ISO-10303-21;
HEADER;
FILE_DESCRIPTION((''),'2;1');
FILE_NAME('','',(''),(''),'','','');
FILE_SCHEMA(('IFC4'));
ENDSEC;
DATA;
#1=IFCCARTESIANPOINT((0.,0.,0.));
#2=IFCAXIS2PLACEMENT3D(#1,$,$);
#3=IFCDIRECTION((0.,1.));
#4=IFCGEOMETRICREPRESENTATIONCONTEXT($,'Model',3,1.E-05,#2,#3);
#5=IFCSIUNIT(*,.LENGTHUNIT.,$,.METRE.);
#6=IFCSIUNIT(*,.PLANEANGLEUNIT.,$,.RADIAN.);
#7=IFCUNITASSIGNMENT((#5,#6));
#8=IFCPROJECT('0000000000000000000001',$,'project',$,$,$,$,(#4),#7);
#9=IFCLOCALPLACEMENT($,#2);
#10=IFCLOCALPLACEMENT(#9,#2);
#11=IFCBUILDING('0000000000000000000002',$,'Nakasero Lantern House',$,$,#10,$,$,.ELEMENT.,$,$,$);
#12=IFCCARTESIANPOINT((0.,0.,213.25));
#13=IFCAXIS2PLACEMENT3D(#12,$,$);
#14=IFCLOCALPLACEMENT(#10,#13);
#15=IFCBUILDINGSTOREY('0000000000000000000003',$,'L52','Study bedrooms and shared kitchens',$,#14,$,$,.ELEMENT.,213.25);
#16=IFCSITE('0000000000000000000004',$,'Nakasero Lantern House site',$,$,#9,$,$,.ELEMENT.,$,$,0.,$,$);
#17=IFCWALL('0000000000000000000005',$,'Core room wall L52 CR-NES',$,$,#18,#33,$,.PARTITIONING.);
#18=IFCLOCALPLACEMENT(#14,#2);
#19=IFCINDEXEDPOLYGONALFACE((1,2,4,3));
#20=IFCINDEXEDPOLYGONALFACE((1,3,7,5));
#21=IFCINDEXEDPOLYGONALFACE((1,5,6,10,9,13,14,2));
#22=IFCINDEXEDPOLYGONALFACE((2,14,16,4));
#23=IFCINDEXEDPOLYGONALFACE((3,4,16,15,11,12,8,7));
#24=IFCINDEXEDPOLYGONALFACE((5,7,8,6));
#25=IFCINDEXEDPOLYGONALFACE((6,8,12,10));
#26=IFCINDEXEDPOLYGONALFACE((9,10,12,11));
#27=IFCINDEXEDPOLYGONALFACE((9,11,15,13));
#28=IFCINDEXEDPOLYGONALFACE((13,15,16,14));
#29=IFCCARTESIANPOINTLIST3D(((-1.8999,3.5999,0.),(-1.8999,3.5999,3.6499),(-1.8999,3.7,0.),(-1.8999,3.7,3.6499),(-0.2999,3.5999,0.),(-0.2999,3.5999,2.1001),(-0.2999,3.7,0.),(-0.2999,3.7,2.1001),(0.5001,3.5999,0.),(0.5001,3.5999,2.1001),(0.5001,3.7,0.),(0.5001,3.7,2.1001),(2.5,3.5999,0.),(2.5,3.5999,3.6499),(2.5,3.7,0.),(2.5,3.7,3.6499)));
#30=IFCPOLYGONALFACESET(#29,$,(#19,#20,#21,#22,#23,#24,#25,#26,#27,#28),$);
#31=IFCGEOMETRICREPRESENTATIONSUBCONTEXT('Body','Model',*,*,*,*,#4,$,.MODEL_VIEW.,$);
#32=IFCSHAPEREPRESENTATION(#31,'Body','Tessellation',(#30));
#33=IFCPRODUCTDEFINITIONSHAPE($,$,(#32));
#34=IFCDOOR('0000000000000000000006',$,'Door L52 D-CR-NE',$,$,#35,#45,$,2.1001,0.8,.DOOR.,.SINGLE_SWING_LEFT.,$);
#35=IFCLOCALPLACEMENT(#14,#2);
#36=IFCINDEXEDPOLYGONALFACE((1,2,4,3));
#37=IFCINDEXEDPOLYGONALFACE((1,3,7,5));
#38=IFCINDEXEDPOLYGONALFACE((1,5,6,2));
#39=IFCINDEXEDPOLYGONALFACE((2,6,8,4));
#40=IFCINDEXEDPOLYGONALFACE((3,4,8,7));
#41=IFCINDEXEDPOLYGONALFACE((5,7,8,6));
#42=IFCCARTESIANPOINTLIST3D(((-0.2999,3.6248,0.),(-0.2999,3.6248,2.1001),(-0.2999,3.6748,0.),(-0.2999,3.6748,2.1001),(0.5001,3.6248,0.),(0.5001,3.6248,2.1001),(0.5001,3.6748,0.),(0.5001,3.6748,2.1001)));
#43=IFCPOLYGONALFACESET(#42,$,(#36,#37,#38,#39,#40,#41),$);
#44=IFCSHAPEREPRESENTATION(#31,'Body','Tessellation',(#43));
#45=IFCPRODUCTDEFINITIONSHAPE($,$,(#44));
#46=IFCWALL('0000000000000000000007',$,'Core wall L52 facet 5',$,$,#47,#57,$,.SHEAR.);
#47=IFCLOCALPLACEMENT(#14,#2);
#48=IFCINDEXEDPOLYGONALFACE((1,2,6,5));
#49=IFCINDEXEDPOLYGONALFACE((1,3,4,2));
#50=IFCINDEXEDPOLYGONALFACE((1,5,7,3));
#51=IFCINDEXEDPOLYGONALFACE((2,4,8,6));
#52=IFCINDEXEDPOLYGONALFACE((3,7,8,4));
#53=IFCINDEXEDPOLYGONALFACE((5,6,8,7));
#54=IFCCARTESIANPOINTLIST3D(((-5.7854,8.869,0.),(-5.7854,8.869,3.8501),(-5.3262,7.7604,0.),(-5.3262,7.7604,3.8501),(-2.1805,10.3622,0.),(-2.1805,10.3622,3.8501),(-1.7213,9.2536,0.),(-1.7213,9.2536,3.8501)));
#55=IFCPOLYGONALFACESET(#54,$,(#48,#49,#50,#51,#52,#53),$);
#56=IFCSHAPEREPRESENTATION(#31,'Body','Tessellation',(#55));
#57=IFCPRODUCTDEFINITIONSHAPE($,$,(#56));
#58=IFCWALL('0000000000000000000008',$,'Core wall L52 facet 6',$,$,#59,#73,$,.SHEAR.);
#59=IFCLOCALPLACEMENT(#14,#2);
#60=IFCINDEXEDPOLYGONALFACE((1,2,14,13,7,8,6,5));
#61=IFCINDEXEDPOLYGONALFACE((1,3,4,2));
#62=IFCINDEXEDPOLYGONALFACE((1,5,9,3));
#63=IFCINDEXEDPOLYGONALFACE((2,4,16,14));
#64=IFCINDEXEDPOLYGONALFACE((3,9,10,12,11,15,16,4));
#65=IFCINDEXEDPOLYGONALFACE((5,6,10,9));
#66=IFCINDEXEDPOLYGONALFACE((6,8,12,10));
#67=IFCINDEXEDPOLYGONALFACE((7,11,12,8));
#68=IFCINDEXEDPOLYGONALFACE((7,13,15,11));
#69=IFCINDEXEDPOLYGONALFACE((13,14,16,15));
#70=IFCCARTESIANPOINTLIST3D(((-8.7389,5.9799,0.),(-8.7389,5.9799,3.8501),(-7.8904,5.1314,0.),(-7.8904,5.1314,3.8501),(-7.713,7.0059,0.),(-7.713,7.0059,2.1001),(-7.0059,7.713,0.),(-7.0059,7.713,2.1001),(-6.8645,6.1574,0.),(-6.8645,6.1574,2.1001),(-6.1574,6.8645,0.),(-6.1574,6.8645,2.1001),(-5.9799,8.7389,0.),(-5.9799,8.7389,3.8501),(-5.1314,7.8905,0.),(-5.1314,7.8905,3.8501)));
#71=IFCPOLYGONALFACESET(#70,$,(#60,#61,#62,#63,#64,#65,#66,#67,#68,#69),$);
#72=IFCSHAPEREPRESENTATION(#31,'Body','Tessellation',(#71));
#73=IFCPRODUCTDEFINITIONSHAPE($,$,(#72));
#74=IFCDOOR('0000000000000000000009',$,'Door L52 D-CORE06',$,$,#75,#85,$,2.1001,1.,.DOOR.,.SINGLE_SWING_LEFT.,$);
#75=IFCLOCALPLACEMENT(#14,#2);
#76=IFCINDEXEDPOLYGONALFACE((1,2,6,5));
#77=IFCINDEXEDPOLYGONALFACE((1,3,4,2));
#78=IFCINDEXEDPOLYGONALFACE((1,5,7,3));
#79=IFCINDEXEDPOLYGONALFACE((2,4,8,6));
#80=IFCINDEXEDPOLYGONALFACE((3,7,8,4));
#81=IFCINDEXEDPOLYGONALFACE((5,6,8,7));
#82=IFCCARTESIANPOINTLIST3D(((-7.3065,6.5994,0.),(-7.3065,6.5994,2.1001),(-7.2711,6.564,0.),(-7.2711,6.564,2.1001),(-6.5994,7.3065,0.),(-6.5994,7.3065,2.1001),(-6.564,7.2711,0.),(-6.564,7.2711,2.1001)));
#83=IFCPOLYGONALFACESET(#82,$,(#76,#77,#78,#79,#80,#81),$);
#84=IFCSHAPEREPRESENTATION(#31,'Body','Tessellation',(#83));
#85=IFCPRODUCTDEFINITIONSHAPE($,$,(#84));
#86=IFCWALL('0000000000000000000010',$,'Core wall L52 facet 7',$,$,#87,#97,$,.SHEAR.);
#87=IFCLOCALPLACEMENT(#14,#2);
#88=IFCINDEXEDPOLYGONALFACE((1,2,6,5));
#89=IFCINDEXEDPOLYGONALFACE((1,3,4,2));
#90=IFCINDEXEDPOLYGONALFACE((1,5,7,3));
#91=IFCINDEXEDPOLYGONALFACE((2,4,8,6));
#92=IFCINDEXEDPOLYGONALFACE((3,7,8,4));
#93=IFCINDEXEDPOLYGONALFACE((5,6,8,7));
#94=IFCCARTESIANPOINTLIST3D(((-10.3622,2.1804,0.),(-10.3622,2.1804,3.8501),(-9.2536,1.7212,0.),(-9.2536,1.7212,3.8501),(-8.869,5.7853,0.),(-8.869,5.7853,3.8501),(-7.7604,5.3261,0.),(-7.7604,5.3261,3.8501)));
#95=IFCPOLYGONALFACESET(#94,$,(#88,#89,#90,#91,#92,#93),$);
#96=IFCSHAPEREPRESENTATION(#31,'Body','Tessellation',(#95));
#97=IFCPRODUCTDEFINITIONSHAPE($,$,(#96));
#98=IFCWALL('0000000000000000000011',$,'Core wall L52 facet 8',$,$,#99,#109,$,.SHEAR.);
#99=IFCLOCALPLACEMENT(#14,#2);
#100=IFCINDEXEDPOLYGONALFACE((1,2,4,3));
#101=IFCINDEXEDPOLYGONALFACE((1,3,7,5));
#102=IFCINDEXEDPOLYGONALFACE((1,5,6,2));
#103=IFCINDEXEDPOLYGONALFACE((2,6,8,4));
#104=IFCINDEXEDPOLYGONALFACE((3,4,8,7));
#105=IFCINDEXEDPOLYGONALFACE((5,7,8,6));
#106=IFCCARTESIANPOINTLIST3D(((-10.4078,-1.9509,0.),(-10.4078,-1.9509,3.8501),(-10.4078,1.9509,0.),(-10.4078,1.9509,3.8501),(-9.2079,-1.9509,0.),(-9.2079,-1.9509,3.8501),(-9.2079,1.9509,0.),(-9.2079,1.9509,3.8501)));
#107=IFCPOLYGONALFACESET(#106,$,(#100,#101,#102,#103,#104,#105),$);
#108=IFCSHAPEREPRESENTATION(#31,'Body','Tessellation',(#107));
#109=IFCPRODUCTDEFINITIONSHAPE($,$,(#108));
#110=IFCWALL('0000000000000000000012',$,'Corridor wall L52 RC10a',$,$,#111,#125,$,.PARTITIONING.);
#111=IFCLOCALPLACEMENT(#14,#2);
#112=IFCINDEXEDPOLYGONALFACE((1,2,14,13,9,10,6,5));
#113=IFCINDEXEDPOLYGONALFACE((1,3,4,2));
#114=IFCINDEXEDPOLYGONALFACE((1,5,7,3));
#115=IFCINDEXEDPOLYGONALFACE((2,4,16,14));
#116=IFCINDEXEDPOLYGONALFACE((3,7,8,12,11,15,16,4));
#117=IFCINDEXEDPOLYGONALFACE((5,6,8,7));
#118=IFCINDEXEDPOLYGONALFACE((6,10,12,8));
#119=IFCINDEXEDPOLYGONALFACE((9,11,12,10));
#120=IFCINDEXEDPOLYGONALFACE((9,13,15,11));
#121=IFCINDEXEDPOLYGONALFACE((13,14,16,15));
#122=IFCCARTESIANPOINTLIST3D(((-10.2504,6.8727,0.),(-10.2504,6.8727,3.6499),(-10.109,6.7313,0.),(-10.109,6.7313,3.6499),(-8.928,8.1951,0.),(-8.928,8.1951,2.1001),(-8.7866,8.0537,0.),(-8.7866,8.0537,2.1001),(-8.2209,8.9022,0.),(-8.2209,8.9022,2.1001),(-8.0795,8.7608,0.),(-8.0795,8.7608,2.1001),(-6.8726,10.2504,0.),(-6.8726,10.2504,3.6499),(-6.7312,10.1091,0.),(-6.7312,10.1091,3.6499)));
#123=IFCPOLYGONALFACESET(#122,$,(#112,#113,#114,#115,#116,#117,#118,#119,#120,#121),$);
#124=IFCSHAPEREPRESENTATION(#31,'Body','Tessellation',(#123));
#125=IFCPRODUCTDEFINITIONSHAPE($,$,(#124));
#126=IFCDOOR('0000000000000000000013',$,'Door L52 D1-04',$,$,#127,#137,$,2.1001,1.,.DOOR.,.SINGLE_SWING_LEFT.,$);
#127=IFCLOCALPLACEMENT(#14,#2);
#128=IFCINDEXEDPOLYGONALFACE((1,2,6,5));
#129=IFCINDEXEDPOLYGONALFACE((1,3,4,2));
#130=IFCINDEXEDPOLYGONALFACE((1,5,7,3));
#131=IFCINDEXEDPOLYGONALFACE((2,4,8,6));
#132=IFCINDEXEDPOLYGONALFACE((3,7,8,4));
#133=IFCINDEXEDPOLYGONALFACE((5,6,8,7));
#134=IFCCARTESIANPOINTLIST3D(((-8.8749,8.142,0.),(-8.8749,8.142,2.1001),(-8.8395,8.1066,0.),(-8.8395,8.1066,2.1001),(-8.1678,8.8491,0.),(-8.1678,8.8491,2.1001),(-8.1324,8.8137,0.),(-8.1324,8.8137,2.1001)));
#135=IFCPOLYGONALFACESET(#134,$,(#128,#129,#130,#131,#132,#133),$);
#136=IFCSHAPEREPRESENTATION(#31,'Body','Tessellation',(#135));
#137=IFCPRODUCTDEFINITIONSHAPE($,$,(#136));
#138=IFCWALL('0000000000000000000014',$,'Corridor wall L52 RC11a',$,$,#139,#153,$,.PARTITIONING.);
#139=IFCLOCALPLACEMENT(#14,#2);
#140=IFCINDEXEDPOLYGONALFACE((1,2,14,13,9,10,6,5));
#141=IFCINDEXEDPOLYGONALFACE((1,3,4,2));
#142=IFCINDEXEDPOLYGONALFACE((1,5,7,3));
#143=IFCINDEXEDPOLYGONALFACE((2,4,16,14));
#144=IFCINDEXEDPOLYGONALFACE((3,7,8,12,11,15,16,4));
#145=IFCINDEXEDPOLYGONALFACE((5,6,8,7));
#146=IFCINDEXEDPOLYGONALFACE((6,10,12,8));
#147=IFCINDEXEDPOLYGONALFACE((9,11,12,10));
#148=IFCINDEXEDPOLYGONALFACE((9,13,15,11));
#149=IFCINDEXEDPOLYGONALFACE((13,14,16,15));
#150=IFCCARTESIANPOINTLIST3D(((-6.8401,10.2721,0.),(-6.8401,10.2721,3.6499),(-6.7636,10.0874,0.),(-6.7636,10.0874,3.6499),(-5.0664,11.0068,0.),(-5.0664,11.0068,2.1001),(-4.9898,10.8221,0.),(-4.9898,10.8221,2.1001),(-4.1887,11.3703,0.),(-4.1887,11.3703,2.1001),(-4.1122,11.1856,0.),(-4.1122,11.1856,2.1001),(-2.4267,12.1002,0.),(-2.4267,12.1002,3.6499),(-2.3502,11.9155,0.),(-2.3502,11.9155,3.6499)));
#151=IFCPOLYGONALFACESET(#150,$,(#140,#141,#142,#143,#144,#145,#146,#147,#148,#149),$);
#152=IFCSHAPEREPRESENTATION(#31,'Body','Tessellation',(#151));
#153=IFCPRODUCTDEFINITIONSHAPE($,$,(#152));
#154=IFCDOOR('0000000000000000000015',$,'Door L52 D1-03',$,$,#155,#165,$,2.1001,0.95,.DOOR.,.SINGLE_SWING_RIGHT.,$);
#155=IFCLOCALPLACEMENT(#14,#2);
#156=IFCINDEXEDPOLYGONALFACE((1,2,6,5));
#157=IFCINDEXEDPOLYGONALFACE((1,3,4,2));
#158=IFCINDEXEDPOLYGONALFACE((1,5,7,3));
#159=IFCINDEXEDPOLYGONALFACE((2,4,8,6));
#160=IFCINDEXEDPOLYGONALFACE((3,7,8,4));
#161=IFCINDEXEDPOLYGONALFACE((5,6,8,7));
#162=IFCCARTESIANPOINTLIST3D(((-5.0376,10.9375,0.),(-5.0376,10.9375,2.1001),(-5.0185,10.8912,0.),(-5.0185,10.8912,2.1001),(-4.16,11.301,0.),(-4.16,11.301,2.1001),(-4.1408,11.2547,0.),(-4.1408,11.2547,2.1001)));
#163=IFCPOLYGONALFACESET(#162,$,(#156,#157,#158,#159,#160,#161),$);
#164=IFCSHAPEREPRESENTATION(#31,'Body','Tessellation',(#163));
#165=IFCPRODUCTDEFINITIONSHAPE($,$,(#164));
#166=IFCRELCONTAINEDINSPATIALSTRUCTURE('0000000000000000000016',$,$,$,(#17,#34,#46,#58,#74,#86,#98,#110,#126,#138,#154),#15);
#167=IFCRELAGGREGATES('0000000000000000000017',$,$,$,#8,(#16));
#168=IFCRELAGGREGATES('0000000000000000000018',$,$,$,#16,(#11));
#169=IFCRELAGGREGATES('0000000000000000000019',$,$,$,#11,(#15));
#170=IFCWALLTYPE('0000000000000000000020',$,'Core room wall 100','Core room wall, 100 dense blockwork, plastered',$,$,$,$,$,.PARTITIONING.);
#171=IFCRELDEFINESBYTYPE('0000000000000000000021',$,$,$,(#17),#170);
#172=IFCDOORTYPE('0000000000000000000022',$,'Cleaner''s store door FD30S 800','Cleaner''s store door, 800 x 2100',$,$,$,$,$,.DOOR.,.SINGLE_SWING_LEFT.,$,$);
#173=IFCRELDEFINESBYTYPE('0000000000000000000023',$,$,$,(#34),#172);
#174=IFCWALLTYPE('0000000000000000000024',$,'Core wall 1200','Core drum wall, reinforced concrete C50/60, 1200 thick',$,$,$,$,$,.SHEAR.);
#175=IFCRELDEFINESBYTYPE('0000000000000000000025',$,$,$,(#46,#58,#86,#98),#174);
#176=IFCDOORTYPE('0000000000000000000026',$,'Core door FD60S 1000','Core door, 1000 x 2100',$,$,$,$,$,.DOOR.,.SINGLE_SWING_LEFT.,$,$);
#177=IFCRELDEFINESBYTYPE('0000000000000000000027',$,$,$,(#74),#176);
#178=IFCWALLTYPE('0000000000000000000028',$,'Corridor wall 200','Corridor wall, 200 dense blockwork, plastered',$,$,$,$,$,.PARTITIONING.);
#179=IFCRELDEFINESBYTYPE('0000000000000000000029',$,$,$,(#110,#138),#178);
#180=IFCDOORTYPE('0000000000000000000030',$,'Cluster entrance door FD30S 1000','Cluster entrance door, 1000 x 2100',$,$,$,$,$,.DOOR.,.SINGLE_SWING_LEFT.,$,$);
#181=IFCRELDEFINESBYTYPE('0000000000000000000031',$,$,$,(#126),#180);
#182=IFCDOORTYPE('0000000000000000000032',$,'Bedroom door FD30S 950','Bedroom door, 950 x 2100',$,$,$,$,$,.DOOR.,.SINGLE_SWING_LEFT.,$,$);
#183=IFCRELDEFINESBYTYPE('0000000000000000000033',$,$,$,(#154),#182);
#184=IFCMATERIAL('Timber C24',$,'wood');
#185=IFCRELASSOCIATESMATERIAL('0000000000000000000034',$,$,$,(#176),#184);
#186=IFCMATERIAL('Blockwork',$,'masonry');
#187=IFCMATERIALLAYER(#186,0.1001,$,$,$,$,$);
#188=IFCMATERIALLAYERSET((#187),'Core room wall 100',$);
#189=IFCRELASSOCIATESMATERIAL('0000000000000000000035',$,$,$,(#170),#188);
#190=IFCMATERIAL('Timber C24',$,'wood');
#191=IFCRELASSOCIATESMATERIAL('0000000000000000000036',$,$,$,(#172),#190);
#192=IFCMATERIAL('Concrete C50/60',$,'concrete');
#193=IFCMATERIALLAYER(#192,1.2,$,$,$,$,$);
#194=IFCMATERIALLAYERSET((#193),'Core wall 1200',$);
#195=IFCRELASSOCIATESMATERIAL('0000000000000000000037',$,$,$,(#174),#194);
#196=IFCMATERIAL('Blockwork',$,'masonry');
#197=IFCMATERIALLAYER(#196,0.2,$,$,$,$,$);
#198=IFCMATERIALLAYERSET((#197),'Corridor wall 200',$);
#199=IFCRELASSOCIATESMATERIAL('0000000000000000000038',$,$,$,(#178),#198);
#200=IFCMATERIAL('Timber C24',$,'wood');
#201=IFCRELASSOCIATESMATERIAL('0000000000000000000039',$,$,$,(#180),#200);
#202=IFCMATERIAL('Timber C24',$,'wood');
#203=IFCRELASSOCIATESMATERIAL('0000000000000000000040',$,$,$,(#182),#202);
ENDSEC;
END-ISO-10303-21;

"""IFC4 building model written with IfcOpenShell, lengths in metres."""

from ifc_helpers import new_model, si_unit, direction, frame, frame_2d, origin, place, context, subcontext, project, spatial, rectangle, extrude, material, layer, layer_set, type_object, element, fill, save


model = new_model("IFC4")

# Units and contexts
model_context = context("Model", 3, precision=1e-05, world=origin(), true_north=direction((0.0, 1.0)))
body_context = subcontext(model_context, "Body", "Model", "MODEL_VIEW")
ifc_project = project(units=[si_unit("LENGTHUNIT", "METRE"), si_unit("PLANEANGLEUNIT", "RADIAN")], contexts=[model_context])

# Site, building, storey
site_placement = place(None, origin())
site = spatial("IfcSite", under=ifc_project, at=site_placement, Name="Nakasero Lantern House site", CompositionType="ELEMENT", RefElevation=0.0)
building_placement = place(site_placement, origin())
building = spatial("IfcBuilding", under=site, at=building_placement, Name="Nakasero Lantern House", CompositionType="ELEMENT")
storey_placement = place(building_placement, frame((0.0, 0.0, 213.25)))
storey = spatial("IfcBuildingStorey", under=building, at=storey_placement, Name="L52", Description="Study bedrooms and shared kitchens", CompositionType="ELEMENT", Elevation=213.25)

# Shared definitions
ifc_material_1 = material(Name="Timber C24", Category="wood")
door_type_1 = type_object("IfcDoorType", Name="Core door FD60S 1000", Description="Core door, 1000 x 2100", OperationType="SINGLE_SWING_LEFT", PredefinedType="DOOR", material=ifc_material_1)

# Wall, opening, door
ifc_material_2 = material(Name="Blockwork", Category="masonry")
ifc_layer_1 = layer(ifc_material_2, 0.1001)
ifc_layer_set_1 = layer_set([ifc_layer_1], Name="Core room wall 100")
wall_type_1 = type_object("IfcWallType", Name="Core room wall 100", Description="Core room wall, 100 dense blockwork, plastered", PredefinedType="PARTITIONING", material=ifc_layer_set_1)
wall_1_placement = place(storey_placement, frame((-1.8999, 3.6499, 0.0), z_axis=(0.0, 0.0, 1.0), x_axis=(1.0, 0.0, 0.0)))
wall_1 = element("IfcWall", 1, at=wall_1_placement, inside=storey, type_object=wall_type_1, Name="Core room wall L52 CR-NES", PredefinedType="PARTITIONING", context=body_context, shape_type="SweptSolid", body=[
    extrude(rectangle(XDim=4.3999, YDim=0.1001, at=frame_2d((2.2, 0.0))), origin(), (0.0, 0.0, 1.0), 3.6499),
])
opening_1_placement = place(wall_1_placement, frame((1.6001, 0.0, 0.0)))
opening_1 = element("IfcOpeningElement", 2, at=opening_1_placement, cuts=wall_1, PredefinedType="OPENING", context=body_context, shape_type="SweptSolid", body=[
    extrude(rectangle(XDim=0.8, YDim=2.1001, at=frame_2d((0.3999, 1.05))), frame((0.0, 0.0701, 0.0), z_axis=(0.0, -1.0, 0.0), x_axis=(1.0, 0.0, 0.0)), (0.0, 0.0, 1.0), 0.1401),
])
ifc_material_3 = material(Name="Timber C24", Category="wood")
door_type_2 = type_object("IfcDoorType", Name="Cleaner's store door FD30S 800", Description="Cleaner's store door, 800 x 2100", OperationType="SINGLE_SWING_LEFT", PredefinedType="DOOR", material=ifc_material_3)
door_1_placement = place(opening_1_placement, origin())
door_1 = element("IfcDoor", 3, at=door_1_placement, inside=storey, type_object=door_type_2, Name="Door L52 D-CR-NE", OperationType="SINGLE_SWING_LEFT", OverallHeight=2.1001, OverallWidth=0.8, PredefinedType="DOOR", context=body_context, shape_type="SweptSolid", body=[
    extrude(rectangle(XDim=0.8, YDim=2.1001, at=frame_2d((0.3999, 1.05))), frame((0.0, 0.0249, 0.0), z_axis=(0.0, -1.0, 0.0), x_axis=(1.0, 0.0, 0.0)), (0.0, 0.0, 1.0), 0.05),
])
fill(opening_1, door_1)

# Wall
ifc_material_4 = material(Name="Concrete C50/60", Category="concrete")
ifc_layer_2 = layer(ifc_material_4, 1.2)
ifc_layer_set_2 = layer_set([ifc_layer_2], Name="Core wall 1200")
wall_type_2 = type_object("IfcWallType", Name="Core wall 1200", Description="Core drum wall, reinforced concrete C50/60, 1200 thick", PredefinedType="SHEAR", material=ifc_layer_set_2)
wall_2_placement = place(storey_placement, frame((-1.9509, 9.8079, 0.0), z_axis=(0.0, 0.0, 1.0), x_axis=(-0.923877, -0.382691, 0.0)))
element("IfcWall", 4, at=wall_2_placement, inside=storey, type_object=wall_type_2, Name="Core wall L52 facet 5", PredefinedType="SHEAR", context=body_context, shape_type="SweptSolid", body=[
    extrude(rectangle(XDim=3.9019, YDim=1.2, at=frame_2d((1.9509, 0.0))), origin(), (0.0, 0.0, 1.0), 3.8501),
])

# Wall, opening, door
wall_3_placement = place(storey_placement, frame((-5.5557, 8.3147, 0.0), z_axis=(0.0, 0.0, 1.0), x_axis=(-0.707107, -0.707107, 0.0)))
wall_3 = element("IfcWall", 5, at=wall_3_placement, inside=storey, type_object=wall_type_2, Name="Core wall L52 facet 6", PredefinedType="SHEAR", context=body_context, shape_type="SweptSolid", body=[
    extrude(rectangle(XDim=3.9019, YDim=1.2, at=frame_2d((1.9509, 0.0))), origin(), (0.0, 0.0, 1.0), 3.8501),
])
opening_2_placement = place(wall_3_placement, frame((1.4509, 0.0, 0.0)))
opening_2 = element("IfcOpeningElement", 6, at=opening_2_placement, cuts=wall_3, PredefinedType="OPENING", context=body_context, shape_type="SweptSolid", body=[
    extrude(rectangle(XDim=1.0, YDim=2.1001, at=frame_2d((0.5, 1.05))), frame((0.0, 0.6199, 0.0), z_axis=(0.0, -1.0, 0.0), x_axis=(1.0, 0.0, 0.0)), (0.0, 0.0, 1.0), 1.24),
])
door_2_placement = place(opening_2_placement, origin())
door_2 = element("IfcDoor", 7, at=door_2_placement, inside=storey, type_object=door_type_1, Name="Door L52 D-CORE06", OperationType="SINGLE_SWING_LEFT", OverallHeight=2.1001, OverallWidth=1.0, PredefinedType="DOOR", context=body_context, shape_type="SweptSolid", body=[
    extrude(rectangle(XDim=1.0, YDim=2.1001, at=frame_2d((0.5, 1.05))), frame((0.0, 0.0249, 0.0), z_axis=(0.0, -1.0, 0.0), x_axis=(1.0, 0.0, 0.0)), (0.0, 0.0, 1.0), 0.05),
])
fill(opening_2, door_2)

# Walls
for number, where, z_axis, x_axis, name in (
    (8, (-8.3147, 5.5557, 0.0), (0.0, 0.0, 1.0), (-0.382691, -0.923877, 0.0), "Core wall L52 facet 7"),
    (9, (-9.8079, 1.9509, 0.0), (0.0, 0.0, 1.0), (0.0, -1.0, 0.0), "Core wall L52 facet 8"),
):
    element("IfcWall", number, at=place(storey_placement, frame(where, z_axis=z_axis, x_axis=x_axis)), inside=storey, type_object=wall_type_2, Name=name, PredefinedType="SHEAR", context=body_context, shape_type="SweptSolid", body=[
        extrude(rectangle(XDim=3.9019, YDim=1.2, at=frame_2d((1.9509, 0.0))), origin(), (0.0, 0.0, 1.0), 3.8501),
    ])

# Walls, openings, doors
ifc_material_5 = material(Name="Blockwork", Category="masonry")
ifc_layer_3 = layer(ifc_material_5, 0.2)
ifc_layer_set_3 = layer_set([ifc_layer_3], Name="Corridor wall 200")
wall_type_3 = type_object("IfcWallType", Name="Corridor wall 200", Description="Corridor wall, 200 dense blockwork, plastered", PredefinedType="PARTITIONING", material=ifc_layer_set_3)
wall_4_placement = place(storey_placement, frame((-10.1797, 6.802, 0.0), z_axis=(0.0, 0.0, 1.0), x_axis=(0.707107, 0.707107, 0.0)))
wall_4 = element("IfcWall", 10, at=wall_4_placement, inside=storey, type_object=wall_type_3, Name="Corridor wall L52 RC10a", PredefinedType="PARTITIONING", context=body_context, shape_type="SweptSolid", body=[
    extrude(rectangle(XDim=4.7769, YDim=0.2, at=frame_2d((2.3884, 0.0))), origin(), (0.0, 0.0, 1.0), 3.6499),
])
opening_3_placement = place(wall_4_placement, frame((1.8701, 0.0, 0.0)))
opening_3 = element("IfcOpeningElement", 11, at=opening_3_placement, cuts=wall_4, PredefinedType="OPENING", context=body_context, shape_type="SweptSolid", body=[
    extrude(rectangle(XDim=1.0, YDim=2.1001, at=frame_2d((0.5, 1.05))), frame((0.0, 0.1199, 0.0), z_axis=(0.0, -1.0, 0.0), x_axis=(1.0, 0.0, 0.0)), (0.0, 0.0, 1.0), 0.24),
])
ifc_material_6 = material(Name="Timber C24", Category="wood")
door_type_3 = type_object("IfcDoorType", Name="Cluster entrance door FD30S 1000", Description="Cluster entrance door, 1000 x 2100", OperationType="SINGLE_SWING_LEFT", PredefinedType="DOOR", material=ifc_material_6)
door_3_placement = place(opening_3_placement, origin())
door_3 = element("IfcDoor", 12, at=door_3_placement, inside=storey, type_object=door_type_3, Name="Door L52 D1-04", OperationType="SINGLE_SWING_LEFT", OverallHeight=2.1001, OverallWidth=1.0, PredefinedType="DOOR", context=body_context, shape_type="SweptSolid", body=[
    extrude(rectangle(XDim=1.0, YDim=2.1001, at=frame_2d((0.5, 1.05))), frame((0.0, 0.0249, 0.0), z_axis=(0.0, -1.0, 0.0), x_axis=(1.0, 0.0, 0.0)), (0.0, 0.0, 1.0), 0.05),
])
fill(opening_3, door_3)
wall_5_placement = place(storey_placement, frame((-6.802, 10.1797, 0.0), z_axis=(0.0, 0.0, 1.0), x_axis=(0.923882, 0.382677, 0.0)))
wall_5 = element("IfcWall", 13, at=wall_5_placement, inside=storey, type_object=wall_type_3, Name="Corridor wall L52 RC11a", PredefinedType="PARTITIONING", context=body_context, shape_type="SweptSolid", body=[
    extrude(rectangle(XDim=4.7771, YDim=0.2, at=frame_2d((2.3887, 0.0))), origin(), (0.0, 0.0, 1.0), 3.6499),
])
opening_4_placement = place(wall_5_placement, frame((1.9199, 0.0, 0.0)))
opening_4 = element("IfcOpeningElement", 14, at=opening_4_placement, cuts=wall_5, PredefinedType="OPENING", context=body_context, shape_type="SweptSolid", body=[
    extrude(rectangle(XDim=0.95, YDim=2.1001, at=frame_2d((0.4751, 1.05))), frame((0.0, 0.1199, 0.0), z_axis=(0.0, -1.0, 0.0), x_axis=(1.0, 0.0, 0.0)), (0.0, 0.0, 1.0), 0.24),
])
ifc_material_7 = material(Name="Timber C24", Category="wood")
door_type_4 = type_object("IfcDoorType", Name="Bedroom door FD30S 950", Description="Bedroom door, 950 x 2100", OperationType="SINGLE_SWING_LEFT", PredefinedType="DOOR", material=ifc_material_7)
door_4_placement = place(opening_4_placement, origin())
door_4 = element("IfcDoor", 15, at=door_4_placement, inside=storey, type_object=door_type_4, Name="Door L52 D1-03", OperationType="SINGLE_SWING_RIGHT", OverallHeight=2.1001, OverallWidth=0.95, PredefinedType="DOOR", context=body_context, shape_type="SweptSolid", body=[
    extrude(rectangle(XDim=0.95, YDim=2.1001, at=frame_2d((0.4751, 1.05))), frame((0.0, 0.0249, 0.0), z_axis=(0.0, -1.0, 0.0), x_axis=(1.0, 0.0, 0.0)), (0.0, 0.0, 1.0), 0.05),
])
fill(opening_4, door_4)

save(model, "model.ifc")
